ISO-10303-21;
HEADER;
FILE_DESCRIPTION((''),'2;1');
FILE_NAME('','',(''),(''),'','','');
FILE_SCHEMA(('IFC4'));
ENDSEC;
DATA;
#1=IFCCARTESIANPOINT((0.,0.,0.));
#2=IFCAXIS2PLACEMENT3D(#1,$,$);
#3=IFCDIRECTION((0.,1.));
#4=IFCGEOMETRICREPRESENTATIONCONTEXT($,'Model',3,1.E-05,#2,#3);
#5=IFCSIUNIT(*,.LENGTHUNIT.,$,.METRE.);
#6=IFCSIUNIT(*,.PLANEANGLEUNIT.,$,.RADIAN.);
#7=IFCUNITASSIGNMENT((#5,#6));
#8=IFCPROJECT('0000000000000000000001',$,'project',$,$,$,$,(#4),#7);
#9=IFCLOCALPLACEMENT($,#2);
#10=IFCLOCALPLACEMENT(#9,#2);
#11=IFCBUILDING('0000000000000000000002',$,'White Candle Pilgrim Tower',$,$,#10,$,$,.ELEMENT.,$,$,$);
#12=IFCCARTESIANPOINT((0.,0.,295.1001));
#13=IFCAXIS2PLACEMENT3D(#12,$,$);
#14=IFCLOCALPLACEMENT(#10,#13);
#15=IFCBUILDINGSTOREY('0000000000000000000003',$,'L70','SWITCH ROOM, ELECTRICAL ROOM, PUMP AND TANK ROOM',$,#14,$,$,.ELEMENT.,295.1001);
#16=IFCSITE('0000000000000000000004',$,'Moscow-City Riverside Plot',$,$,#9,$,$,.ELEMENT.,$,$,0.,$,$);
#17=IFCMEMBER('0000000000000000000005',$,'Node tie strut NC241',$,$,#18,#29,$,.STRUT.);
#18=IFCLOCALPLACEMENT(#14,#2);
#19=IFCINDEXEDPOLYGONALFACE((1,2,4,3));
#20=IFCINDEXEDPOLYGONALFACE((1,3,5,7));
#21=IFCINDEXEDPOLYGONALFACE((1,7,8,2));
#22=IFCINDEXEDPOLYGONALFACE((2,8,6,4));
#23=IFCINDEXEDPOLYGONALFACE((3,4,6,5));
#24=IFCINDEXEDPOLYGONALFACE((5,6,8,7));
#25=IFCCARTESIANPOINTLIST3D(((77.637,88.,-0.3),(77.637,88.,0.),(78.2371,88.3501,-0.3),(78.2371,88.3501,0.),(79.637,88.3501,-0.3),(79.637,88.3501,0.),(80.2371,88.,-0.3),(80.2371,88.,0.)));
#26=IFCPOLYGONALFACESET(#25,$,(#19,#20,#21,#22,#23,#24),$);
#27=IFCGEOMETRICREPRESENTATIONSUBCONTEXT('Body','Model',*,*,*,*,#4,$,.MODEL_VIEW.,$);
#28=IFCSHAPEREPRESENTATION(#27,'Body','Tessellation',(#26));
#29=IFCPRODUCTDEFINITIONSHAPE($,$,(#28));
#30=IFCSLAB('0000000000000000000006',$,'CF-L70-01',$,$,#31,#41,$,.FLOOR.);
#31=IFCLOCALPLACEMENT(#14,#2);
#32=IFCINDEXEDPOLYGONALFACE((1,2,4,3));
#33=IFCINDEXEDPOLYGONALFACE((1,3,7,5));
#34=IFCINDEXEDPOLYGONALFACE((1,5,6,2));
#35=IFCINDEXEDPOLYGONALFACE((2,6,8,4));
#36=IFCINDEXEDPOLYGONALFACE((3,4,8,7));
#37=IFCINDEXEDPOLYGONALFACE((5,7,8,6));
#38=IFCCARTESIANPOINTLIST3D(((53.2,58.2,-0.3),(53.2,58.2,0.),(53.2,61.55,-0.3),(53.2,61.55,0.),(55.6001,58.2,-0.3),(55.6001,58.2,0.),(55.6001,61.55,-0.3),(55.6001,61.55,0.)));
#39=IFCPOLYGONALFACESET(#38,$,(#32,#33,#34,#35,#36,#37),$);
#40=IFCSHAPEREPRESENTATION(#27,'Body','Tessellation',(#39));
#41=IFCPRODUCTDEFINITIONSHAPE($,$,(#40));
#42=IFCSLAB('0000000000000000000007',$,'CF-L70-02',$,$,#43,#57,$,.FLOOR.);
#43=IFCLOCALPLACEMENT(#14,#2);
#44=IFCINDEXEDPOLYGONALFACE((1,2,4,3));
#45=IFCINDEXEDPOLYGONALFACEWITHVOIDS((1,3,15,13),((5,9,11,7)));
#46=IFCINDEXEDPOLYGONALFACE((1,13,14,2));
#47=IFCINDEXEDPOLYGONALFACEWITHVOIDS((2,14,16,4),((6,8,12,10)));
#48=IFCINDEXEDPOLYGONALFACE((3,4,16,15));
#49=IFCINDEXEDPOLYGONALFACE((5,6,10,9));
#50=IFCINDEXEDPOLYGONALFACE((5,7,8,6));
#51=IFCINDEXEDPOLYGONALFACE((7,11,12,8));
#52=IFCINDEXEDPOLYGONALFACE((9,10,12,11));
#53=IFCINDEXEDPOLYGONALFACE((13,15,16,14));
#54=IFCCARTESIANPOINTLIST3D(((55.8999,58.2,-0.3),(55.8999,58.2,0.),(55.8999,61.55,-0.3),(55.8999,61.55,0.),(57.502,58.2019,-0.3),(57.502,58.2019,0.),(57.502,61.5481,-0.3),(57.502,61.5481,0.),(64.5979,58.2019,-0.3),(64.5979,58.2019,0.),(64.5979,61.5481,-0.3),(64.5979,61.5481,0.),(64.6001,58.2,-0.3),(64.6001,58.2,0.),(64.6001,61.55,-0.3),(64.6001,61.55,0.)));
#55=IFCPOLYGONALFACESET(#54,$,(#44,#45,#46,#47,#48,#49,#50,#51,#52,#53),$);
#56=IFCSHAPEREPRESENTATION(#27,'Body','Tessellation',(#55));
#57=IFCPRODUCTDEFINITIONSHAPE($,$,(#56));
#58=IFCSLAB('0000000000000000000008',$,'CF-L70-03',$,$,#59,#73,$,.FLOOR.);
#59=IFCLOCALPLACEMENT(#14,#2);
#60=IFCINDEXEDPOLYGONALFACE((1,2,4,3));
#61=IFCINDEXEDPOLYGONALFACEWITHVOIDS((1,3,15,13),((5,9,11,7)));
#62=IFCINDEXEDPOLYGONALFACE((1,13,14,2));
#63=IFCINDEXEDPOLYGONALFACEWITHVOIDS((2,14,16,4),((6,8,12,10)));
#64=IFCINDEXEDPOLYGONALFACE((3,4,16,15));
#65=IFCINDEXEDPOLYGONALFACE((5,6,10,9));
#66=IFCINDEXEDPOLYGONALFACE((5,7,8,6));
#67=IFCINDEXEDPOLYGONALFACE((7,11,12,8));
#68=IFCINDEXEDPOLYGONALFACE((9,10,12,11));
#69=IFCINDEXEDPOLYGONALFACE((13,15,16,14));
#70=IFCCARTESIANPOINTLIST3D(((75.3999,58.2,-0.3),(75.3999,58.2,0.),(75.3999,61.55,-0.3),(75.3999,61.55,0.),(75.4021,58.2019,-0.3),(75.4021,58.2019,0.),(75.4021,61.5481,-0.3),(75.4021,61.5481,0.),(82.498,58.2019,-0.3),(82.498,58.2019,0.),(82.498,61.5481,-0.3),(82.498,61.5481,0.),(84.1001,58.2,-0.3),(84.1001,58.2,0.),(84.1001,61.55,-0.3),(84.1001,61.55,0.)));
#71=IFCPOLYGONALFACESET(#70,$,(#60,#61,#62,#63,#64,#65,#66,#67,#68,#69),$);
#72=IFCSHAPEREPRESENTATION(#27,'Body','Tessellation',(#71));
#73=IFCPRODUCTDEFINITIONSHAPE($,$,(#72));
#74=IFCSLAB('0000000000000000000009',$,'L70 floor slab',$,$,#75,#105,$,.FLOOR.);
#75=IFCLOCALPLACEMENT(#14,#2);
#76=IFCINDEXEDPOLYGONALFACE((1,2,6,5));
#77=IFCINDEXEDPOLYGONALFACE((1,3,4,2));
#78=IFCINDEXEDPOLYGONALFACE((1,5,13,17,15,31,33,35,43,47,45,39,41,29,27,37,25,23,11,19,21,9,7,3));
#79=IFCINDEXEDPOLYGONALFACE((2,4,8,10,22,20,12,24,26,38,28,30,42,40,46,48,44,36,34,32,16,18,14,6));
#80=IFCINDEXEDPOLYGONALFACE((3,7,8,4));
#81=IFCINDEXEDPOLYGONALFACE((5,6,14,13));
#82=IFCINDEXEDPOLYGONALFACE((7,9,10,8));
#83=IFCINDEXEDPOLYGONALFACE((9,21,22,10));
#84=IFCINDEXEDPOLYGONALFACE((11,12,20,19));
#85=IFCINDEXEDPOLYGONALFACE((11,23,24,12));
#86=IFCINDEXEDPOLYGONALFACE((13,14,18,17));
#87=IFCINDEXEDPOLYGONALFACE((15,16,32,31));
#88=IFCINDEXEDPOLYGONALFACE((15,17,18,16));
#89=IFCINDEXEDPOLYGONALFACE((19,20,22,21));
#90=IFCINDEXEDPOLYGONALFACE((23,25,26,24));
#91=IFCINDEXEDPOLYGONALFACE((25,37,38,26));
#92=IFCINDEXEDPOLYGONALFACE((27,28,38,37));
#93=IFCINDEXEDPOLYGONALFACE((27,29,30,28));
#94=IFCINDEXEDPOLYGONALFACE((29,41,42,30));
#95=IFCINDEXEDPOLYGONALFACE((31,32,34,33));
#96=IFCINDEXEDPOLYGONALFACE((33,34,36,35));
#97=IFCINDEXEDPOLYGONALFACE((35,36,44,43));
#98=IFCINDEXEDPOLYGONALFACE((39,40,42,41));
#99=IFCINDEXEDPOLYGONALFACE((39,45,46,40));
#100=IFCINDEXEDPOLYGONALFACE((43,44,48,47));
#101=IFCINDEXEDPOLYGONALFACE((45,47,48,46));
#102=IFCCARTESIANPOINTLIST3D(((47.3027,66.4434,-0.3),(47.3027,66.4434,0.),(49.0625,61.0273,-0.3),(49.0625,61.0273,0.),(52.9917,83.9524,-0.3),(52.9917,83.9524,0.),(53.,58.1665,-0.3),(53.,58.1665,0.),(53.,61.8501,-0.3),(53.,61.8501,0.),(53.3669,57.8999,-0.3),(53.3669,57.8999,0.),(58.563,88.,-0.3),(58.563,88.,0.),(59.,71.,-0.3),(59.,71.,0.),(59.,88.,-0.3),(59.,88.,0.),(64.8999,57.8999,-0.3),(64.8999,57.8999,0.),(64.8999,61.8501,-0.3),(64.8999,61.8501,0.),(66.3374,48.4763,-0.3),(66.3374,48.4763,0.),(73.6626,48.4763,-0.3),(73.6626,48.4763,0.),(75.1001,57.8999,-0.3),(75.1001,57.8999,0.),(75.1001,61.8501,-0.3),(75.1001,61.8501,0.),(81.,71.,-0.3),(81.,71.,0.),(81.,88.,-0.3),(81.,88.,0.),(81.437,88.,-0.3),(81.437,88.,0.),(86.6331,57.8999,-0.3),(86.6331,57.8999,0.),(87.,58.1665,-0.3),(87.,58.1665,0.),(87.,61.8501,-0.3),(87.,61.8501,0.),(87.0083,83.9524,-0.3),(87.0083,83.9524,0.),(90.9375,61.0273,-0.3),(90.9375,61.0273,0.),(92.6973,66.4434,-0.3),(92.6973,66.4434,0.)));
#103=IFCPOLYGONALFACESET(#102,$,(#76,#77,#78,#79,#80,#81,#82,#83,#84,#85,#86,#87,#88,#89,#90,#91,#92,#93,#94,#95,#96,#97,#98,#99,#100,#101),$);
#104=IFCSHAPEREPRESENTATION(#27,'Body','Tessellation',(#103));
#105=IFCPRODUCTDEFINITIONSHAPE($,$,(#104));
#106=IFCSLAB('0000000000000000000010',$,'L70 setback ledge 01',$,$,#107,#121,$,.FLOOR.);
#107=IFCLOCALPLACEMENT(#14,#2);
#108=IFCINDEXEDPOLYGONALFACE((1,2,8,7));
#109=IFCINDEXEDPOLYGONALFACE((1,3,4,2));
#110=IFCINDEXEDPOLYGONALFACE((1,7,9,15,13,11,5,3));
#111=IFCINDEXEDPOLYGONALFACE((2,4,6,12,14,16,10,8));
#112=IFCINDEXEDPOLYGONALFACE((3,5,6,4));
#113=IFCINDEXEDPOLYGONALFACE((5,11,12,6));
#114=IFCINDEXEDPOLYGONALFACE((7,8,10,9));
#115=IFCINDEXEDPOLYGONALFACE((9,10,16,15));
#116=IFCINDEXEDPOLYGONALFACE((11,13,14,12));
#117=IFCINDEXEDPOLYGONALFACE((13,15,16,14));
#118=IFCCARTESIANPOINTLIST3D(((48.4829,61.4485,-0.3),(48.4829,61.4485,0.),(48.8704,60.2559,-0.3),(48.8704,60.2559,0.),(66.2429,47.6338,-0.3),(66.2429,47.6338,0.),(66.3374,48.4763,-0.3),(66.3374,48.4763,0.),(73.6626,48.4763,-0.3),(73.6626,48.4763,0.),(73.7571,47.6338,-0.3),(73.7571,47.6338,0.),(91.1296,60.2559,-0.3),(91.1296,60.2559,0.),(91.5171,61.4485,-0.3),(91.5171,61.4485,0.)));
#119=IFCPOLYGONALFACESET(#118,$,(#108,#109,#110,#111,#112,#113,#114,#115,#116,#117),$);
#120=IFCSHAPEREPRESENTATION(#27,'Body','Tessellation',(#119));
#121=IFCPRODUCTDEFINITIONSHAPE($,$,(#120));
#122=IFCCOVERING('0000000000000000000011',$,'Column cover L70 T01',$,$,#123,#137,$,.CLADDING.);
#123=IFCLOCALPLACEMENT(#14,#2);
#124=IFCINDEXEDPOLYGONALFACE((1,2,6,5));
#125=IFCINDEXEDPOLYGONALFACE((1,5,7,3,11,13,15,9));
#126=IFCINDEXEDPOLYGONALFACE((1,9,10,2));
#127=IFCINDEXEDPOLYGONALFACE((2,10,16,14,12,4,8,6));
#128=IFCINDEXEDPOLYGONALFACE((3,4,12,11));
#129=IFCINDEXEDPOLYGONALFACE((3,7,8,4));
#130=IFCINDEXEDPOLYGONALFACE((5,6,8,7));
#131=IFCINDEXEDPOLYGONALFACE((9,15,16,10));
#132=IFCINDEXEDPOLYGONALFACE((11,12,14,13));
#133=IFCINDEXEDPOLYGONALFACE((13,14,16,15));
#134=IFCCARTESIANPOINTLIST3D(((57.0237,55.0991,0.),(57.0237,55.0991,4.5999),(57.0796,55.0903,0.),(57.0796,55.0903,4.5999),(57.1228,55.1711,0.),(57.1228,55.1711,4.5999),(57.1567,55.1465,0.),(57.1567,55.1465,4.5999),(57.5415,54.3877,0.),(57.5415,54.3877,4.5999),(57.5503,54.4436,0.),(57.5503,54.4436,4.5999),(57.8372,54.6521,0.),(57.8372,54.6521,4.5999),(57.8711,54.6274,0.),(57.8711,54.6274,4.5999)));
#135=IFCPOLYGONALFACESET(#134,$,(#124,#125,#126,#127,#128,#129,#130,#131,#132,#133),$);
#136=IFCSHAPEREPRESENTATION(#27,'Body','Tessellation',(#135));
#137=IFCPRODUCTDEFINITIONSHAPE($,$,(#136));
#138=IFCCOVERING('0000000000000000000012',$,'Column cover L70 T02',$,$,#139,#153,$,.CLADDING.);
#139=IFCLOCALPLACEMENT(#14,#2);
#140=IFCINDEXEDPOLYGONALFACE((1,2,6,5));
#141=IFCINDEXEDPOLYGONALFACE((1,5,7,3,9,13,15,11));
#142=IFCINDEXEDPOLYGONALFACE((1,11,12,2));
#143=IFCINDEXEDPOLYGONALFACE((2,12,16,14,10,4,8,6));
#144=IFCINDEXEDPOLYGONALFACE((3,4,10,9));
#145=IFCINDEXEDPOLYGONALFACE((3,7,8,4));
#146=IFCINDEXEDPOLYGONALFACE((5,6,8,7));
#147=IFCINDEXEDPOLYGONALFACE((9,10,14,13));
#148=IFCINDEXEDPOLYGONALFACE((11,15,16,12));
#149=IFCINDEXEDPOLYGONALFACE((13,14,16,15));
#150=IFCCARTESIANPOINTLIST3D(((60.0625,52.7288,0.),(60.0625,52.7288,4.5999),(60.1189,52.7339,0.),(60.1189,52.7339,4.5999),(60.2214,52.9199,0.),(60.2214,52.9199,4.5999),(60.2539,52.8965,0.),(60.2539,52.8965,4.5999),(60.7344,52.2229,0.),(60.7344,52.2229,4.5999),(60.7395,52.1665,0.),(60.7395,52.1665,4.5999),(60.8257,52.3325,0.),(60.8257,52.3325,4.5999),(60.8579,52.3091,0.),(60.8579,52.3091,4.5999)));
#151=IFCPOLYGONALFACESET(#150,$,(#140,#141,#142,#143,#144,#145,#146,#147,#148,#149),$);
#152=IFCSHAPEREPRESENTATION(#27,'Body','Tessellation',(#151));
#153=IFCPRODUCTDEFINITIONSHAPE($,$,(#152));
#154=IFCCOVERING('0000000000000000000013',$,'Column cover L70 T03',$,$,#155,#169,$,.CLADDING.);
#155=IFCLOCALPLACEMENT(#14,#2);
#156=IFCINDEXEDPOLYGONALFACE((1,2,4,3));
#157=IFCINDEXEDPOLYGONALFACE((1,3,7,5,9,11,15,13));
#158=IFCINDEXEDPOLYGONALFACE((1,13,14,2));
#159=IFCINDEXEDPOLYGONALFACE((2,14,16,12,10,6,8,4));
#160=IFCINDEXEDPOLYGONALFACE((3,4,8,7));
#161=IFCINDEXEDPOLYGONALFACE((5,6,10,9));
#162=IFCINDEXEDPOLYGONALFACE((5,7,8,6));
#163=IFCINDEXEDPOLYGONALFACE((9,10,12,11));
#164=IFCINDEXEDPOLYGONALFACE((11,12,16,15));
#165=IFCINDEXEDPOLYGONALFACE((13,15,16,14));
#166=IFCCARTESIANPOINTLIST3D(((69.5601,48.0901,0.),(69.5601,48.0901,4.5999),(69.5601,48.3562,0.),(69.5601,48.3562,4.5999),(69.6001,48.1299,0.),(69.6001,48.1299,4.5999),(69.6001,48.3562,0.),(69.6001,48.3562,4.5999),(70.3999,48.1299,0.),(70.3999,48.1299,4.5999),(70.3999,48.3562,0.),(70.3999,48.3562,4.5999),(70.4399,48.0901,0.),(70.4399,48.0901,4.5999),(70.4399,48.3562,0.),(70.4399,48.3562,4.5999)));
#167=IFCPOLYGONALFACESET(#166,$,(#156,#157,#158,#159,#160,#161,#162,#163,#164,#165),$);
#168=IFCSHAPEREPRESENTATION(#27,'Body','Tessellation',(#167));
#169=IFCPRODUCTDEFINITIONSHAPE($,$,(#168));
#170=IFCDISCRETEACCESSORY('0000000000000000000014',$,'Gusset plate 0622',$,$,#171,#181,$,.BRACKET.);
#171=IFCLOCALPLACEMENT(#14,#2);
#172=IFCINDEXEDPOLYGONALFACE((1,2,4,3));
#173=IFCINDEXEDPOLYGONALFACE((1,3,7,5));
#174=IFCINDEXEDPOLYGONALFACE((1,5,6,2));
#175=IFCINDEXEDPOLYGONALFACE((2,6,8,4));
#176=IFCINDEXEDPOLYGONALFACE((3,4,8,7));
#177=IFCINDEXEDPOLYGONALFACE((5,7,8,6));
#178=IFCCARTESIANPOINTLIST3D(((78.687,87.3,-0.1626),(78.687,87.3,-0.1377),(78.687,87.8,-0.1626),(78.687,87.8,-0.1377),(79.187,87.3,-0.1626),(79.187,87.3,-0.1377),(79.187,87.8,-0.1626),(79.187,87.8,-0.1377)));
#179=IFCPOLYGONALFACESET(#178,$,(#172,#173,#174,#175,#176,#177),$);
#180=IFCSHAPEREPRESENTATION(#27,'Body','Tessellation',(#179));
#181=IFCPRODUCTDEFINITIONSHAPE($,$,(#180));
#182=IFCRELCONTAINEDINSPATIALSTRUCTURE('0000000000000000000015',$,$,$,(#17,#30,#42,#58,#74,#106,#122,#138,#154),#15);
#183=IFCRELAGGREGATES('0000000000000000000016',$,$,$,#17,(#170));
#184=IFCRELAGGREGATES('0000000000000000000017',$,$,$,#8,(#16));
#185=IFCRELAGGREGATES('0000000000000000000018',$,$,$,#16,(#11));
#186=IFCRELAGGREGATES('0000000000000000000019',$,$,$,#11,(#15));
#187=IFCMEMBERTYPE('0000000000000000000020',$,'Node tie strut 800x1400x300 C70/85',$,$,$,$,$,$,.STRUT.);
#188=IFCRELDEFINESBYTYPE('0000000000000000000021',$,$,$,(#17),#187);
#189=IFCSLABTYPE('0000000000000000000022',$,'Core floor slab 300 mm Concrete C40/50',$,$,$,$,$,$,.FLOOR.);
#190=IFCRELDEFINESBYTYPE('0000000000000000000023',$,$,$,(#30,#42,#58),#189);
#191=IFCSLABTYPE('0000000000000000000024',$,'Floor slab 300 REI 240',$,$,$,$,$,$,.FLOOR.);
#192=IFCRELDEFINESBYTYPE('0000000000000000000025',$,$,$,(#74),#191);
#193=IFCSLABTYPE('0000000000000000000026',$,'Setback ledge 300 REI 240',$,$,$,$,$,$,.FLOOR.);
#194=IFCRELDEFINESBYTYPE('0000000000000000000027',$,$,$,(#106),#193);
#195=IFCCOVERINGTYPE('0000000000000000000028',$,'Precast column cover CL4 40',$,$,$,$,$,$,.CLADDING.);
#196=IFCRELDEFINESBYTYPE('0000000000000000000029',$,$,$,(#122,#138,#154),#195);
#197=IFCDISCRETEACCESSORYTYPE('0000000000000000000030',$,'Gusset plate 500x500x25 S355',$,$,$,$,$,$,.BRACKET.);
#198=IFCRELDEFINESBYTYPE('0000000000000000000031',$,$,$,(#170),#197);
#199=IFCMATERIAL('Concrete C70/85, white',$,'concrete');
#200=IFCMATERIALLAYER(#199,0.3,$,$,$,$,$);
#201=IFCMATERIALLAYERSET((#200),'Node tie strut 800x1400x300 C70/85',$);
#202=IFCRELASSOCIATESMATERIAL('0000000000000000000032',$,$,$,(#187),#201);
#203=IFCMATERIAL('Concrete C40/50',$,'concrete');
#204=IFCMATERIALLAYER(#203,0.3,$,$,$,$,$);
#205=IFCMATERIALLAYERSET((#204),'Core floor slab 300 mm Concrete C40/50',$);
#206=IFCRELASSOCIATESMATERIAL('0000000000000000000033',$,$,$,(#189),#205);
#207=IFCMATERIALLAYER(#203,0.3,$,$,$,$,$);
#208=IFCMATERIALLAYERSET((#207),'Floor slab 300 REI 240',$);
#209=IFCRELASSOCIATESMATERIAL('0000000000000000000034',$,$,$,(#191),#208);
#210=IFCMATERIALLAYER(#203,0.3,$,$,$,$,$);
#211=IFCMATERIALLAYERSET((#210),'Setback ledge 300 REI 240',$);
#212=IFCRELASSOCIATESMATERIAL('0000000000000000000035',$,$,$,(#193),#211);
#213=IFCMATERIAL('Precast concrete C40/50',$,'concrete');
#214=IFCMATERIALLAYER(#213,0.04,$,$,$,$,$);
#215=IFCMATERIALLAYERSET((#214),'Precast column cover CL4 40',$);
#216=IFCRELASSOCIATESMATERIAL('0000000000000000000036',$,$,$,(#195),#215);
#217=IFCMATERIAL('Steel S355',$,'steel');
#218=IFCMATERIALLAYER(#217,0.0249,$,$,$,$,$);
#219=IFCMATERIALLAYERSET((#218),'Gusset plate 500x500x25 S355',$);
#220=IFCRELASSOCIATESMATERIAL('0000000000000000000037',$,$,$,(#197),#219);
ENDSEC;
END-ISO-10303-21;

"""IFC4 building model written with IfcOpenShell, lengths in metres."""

from ifc_helpers import new_model, si_unit, direction, frame, origin, origin_2d, place, context, subcontext, project, spatial, polyline, rectangle, outline, extrude, material, layer, layer_set, type_object, element, aggregate, save


model = new_model("IFC4")

# Units and contexts
model_context = context("Model", 3, precision=1e-05, world=origin(), true_north=direction((0.0, 1.0)))
body_context = subcontext(model_context, "Body", "Model", "MODEL_VIEW")
ifc_project = project(units=[si_unit("LENGTHUNIT", "METRE"), si_unit("PLANEANGLEUNIT", "RADIAN")], contexts=[model_context])

# Site, building, storey
site_placement = place(None, origin())
site = spatial("IfcSite", under=ifc_project, at=site_placement, Name="Moscow-City Riverside Plot", CompositionType="ELEMENT", RefElevation=0.0)
building_placement = place(site_placement, origin())
building = spatial("IfcBuilding", under=site, at=building_placement, Name="White Candle Pilgrim Tower", CompositionType="ELEMENT")
storey_placement = place(building_placement, frame((0.0, 0.0, 295.1001)))
storey = spatial("IfcBuildingStorey", under=building, at=storey_placement, Name="L70", Description="SWITCH ROOM, ELECTRICAL ROOM, PUMP AND TANK ROOM", CompositionType="ELEMENT", Elevation=295.1001)

# Member
ifc_material_1 = material(Name="Concrete C70/85, white", Category="concrete")
ifc_layer_1 = layer(ifc_material_1, 0.3)
ifc_layer_set_1 = layer_set([ifc_layer_1], Name="Node tie strut 800x1400x300 C70/85")
member_type_1 = type_object("IfcMemberType", Name="Node tie strut 800x1400x300 C70/85", PredefinedType="STRUT", material=ifc_layer_set_1)
member_1_placement = place(storey_placement, frame((0.0, 0.0, -0.3)))
member_1 = element("IfcMember", 1, at=member_1_placement, inside=storey, type_object=member_type_1, Name="Node tie strut NC241", PredefinedType="STRUT", context=body_context, shape_type="SweptSolid", body=[
    extrude(outline(polyline([(77.637, 88.0), (80.2371, 88.0), (79.637, 88.3501), (78.2371, 88.3501), (77.637, 88.0)])), origin(), (0.0, 0.0, 1.0), 0.3),
])

# Slabs
ifc_material_2 = material(Name="Concrete C40/50", Category="concrete")
ifc_layer_2 = layer(ifc_material_2, 0.3)
ifc_layer_set_2 = layer_set([ifc_layer_2], Name="Core floor slab 300 mm Concrete C40/50")
slab_type_1 = type_object("IfcSlabType", Name="Core floor slab 300 mm Concrete C40/50", PredefinedType="FLOOR", material=ifc_layer_set_2)
slab_1_placement = place(storey_placement, frame((0.0, 0.0, -0.3)))
element("IfcSlab", 2, at=slab_1_placement, inside=storey, type_object=slab_type_1, Name="CF-L70-01", PredefinedType="FLOOR", context=body_context, shape_type="SweptSolid", body=[
    extrude(outline(polyline([(55.6001, 58.2), (53.2, 58.2), (53.2, 61.55), (55.6001, 61.55), (55.6001, 58.2)])), origin(), (0.0, 0.0, 1.0), 0.3),
])
slab_2_placement = place(storey_placement, frame((0.0, 0.0, -0.3)))
element("IfcSlab", 3, at=slab_2_placement, inside=storey, type_object=slab_type_1, Name="CF-L70-02", PredefinedType="FLOOR", context=body_context, shape_type="SweptSolid", body=[
    extrude(outline(polyline([(55.8999, 58.2), (55.8999, 61.55), (64.6001, 61.55), (64.6001, 58.2), (55.8999, 58.2)]), holes=[polyline([(57.502, 61.5481), (57.502, 58.2019), (64.5979, 58.2019), (64.5979, 61.5481), (57.502, 61.5481)])]), origin(), (0.0, 0.0, 1.0), 0.3),
])
slab_3_placement = place(storey_placement, frame((0.0, 0.0, -0.3)))
element("IfcSlab", 4, at=slab_3_placement, inside=storey, type_object=slab_type_1, Name="CF-L70-03", PredefinedType="FLOOR", context=body_context, shape_type="SweptSolid", body=[
    extrude(outline(polyline([(75.3999, 58.2), (75.3999, 61.55), (84.1001, 61.55), (84.1001, 58.2), (75.3999, 58.2)]), holes=[polyline([(82.498, 58.2019), (82.498, 61.5481), (75.4021, 61.5481), (75.4021, 58.2019), (82.498, 58.2019)])]), origin(), (0.0, 0.0, 1.0), 0.3),
])
ifc_layer_3 = layer(ifc_material_2, 0.3)
ifc_layer_set_3 = layer_set([ifc_layer_3], Name="Floor slab 300 REI 240")
slab_type_2 = type_object("IfcSlabType", Name="Floor slab 300 REI 240", PredefinedType="FLOOR", material=ifc_layer_set_3)
slab_4_placement = place(storey_placement, frame((0.0, 0.0, -0.3)))
element("IfcSlab", 5, at=slab_4_placement, inside=storey, type_object=slab_type_2, Name="L70 floor slab", PredefinedType="FLOOR", context=body_context, shape_type="SweptSolid", body=[
    extrude(outline(polyline([(66.3374, 48.4763), (73.6626, 48.4763), (86.6331, 57.8999), (75.1001, 57.8999), (75.1001, 61.8501), (87.0, 61.8501), (87.0, 58.1665), (90.9375, 61.0273), (92.6973, 66.4434), (87.0083, 83.9524), (81.437, 88.0), (81.0, 88.0), (81.0, 71.0), (59.0, 71.0), (59.0, 88.0), (58.563, 88.0), (52.9917, 83.9524), (47.3027, 66.4434), (49.0625, 61.0273), (53.0, 58.1665), (53.0, 61.8501), (64.8999, 61.8501), (64.8999, 57.8999), (53.3669, 57.8999), (66.3374, 48.4763)])), origin(), (0.0, 0.0, 1.0), 0.3),
])
ifc_layer_4 = layer(ifc_material_2, 0.3)
ifc_layer_set_4 = layer_set([ifc_layer_4], Name="Setback ledge 300 REI 240")
slab_type_3 = type_object("IfcSlabType", Name="Setback ledge 300 REI 240", PredefinedType="FLOOR", material=ifc_layer_set_4)
slab_5_placement = place(storey_placement, frame((0.0, 0.0, -0.3)))
element("IfcSlab", 6, at=slab_5_placement, inside=storey, type_object=slab_type_3, Name="L70 setback ledge 01", PredefinedType="FLOOR", context=body_context, shape_type="SweptSolid", body=[
    extrude(outline(polyline([(66.2429, 47.6338), (73.7571, 47.6338), (91.1296, 60.2559), (91.5171, 61.4485), (73.6626, 48.4763), (66.3374, 48.4763), (48.4829, 61.4485), (48.8704, 60.2559), (66.2429, 47.6338)])), origin(), (0.0, 0.0, 1.0), 0.3),
])

# Coverings
ifc_material_3 = material(Name="Precast concrete C40/50", Category="concrete")
ifc_layer_5 = layer(ifc_material_3, 0.04)
ifc_layer_set_5 = layer_set([ifc_layer_5], Name="Precast column cover CL4 40")
covering_type = type_object("IfcCoveringType", Name="Precast column cover CL4 40", PredefinedType="CLADDING", material=ifc_layer_set_5)
covering_1_placement = place(storey_placement, origin())
element("IfcCovering", 7, at=covering_1_placement, inside=storey, type_object=covering_type, Name="Column cover L70 T01", PredefinedType="CLADDING", context=body_context, shape_type="SweptSolid", body=[
    extrude(outline(polyline([(57.8372, 54.6521), (57.8711, 54.6274), (57.5415, 54.3877), (57.0237, 55.0991), (57.1228, 55.1711), (57.1567, 55.1465), (57.0796, 55.0903), (57.5503, 54.4436), (57.8372, 54.6521)])), origin(), (0.0, 0.0, 1.0), 4.5999),
])
covering_2_placement = place(storey_placement, origin())
element("IfcCovering", 8, at=covering_2_placement, inside=storey, type_object=covering_type, Name="Column cover L70 T02", PredefinedType="CLADDING", context=body_context, shape_type="SweptSolid", body=[
    extrude(outline(polyline([(60.8257, 52.3325), (60.8579, 52.3091), (60.7395, 52.1665), (60.0625, 52.7288), (60.2214, 52.9199), (60.2539, 52.8965), (60.1189, 52.7339), (60.7344, 52.2229), (60.8257, 52.3325)])), origin(), (0.0, 0.0, 1.0), 4.5999),
])
covering_3_placement = place(storey_placement, origin())
element("IfcCovering", 9, at=covering_3_placement, inside=storey, type_object=covering_type, Name="Column cover L70 T03", PredefinedType="CLADDING", context=body_context, shape_type="SweptSolid", body=[
    extrude(outline(polyline([(70.3999, 48.3562), (70.4399, 48.3562), (70.4399, 48.0901), (69.5601, 48.0901), (69.5601, 48.3562), (69.6001, 48.3562), (69.6001, 48.1299), (70.3999, 48.1299), (70.3999, 48.3562)])), origin(), (0.0, 0.0, 1.0), 4.5999),
])

# Discrete accessory
ifc_material_4 = material(Name="Steel S355", Category="steel")
ifc_layer_6 = layer(ifc_material_4, 0.0249)
ifc_layer_set_6 = layer_set([ifc_layer_6], Name="Gusset plate 500x500x25 S355")
discrete_accessory_type = type_object("IfcDiscreteAccessoryType", Name="Gusset plate 500x500x25 S355", PredefinedType="BRACKET", material=ifc_layer_set_6)
discrete_accessory_1_placement = place(storey_placement, frame((78.937, 87.55, -0.1626), z_axis=(0.0, 0.0, 1.0), x_axis=(1.0, 0.0, 0.0)))
discrete_accessory_1 = element("IfcDiscreteAccessory", 10, at=discrete_accessory_1_placement, type_object=discrete_accessory_type, Name="Gusset plate 0622", PredefinedType="BRACKET", context=body_context, shape_type="SweptSolid", body=[
    extrude(rectangle(XDim=0.5, YDim=0.5, at=origin_2d()), origin(), (0.0, 0.0, 1.0), 0.0249),
])
aggregate(member_1, [discrete_accessory_1])

save(model, "model.ifc")
